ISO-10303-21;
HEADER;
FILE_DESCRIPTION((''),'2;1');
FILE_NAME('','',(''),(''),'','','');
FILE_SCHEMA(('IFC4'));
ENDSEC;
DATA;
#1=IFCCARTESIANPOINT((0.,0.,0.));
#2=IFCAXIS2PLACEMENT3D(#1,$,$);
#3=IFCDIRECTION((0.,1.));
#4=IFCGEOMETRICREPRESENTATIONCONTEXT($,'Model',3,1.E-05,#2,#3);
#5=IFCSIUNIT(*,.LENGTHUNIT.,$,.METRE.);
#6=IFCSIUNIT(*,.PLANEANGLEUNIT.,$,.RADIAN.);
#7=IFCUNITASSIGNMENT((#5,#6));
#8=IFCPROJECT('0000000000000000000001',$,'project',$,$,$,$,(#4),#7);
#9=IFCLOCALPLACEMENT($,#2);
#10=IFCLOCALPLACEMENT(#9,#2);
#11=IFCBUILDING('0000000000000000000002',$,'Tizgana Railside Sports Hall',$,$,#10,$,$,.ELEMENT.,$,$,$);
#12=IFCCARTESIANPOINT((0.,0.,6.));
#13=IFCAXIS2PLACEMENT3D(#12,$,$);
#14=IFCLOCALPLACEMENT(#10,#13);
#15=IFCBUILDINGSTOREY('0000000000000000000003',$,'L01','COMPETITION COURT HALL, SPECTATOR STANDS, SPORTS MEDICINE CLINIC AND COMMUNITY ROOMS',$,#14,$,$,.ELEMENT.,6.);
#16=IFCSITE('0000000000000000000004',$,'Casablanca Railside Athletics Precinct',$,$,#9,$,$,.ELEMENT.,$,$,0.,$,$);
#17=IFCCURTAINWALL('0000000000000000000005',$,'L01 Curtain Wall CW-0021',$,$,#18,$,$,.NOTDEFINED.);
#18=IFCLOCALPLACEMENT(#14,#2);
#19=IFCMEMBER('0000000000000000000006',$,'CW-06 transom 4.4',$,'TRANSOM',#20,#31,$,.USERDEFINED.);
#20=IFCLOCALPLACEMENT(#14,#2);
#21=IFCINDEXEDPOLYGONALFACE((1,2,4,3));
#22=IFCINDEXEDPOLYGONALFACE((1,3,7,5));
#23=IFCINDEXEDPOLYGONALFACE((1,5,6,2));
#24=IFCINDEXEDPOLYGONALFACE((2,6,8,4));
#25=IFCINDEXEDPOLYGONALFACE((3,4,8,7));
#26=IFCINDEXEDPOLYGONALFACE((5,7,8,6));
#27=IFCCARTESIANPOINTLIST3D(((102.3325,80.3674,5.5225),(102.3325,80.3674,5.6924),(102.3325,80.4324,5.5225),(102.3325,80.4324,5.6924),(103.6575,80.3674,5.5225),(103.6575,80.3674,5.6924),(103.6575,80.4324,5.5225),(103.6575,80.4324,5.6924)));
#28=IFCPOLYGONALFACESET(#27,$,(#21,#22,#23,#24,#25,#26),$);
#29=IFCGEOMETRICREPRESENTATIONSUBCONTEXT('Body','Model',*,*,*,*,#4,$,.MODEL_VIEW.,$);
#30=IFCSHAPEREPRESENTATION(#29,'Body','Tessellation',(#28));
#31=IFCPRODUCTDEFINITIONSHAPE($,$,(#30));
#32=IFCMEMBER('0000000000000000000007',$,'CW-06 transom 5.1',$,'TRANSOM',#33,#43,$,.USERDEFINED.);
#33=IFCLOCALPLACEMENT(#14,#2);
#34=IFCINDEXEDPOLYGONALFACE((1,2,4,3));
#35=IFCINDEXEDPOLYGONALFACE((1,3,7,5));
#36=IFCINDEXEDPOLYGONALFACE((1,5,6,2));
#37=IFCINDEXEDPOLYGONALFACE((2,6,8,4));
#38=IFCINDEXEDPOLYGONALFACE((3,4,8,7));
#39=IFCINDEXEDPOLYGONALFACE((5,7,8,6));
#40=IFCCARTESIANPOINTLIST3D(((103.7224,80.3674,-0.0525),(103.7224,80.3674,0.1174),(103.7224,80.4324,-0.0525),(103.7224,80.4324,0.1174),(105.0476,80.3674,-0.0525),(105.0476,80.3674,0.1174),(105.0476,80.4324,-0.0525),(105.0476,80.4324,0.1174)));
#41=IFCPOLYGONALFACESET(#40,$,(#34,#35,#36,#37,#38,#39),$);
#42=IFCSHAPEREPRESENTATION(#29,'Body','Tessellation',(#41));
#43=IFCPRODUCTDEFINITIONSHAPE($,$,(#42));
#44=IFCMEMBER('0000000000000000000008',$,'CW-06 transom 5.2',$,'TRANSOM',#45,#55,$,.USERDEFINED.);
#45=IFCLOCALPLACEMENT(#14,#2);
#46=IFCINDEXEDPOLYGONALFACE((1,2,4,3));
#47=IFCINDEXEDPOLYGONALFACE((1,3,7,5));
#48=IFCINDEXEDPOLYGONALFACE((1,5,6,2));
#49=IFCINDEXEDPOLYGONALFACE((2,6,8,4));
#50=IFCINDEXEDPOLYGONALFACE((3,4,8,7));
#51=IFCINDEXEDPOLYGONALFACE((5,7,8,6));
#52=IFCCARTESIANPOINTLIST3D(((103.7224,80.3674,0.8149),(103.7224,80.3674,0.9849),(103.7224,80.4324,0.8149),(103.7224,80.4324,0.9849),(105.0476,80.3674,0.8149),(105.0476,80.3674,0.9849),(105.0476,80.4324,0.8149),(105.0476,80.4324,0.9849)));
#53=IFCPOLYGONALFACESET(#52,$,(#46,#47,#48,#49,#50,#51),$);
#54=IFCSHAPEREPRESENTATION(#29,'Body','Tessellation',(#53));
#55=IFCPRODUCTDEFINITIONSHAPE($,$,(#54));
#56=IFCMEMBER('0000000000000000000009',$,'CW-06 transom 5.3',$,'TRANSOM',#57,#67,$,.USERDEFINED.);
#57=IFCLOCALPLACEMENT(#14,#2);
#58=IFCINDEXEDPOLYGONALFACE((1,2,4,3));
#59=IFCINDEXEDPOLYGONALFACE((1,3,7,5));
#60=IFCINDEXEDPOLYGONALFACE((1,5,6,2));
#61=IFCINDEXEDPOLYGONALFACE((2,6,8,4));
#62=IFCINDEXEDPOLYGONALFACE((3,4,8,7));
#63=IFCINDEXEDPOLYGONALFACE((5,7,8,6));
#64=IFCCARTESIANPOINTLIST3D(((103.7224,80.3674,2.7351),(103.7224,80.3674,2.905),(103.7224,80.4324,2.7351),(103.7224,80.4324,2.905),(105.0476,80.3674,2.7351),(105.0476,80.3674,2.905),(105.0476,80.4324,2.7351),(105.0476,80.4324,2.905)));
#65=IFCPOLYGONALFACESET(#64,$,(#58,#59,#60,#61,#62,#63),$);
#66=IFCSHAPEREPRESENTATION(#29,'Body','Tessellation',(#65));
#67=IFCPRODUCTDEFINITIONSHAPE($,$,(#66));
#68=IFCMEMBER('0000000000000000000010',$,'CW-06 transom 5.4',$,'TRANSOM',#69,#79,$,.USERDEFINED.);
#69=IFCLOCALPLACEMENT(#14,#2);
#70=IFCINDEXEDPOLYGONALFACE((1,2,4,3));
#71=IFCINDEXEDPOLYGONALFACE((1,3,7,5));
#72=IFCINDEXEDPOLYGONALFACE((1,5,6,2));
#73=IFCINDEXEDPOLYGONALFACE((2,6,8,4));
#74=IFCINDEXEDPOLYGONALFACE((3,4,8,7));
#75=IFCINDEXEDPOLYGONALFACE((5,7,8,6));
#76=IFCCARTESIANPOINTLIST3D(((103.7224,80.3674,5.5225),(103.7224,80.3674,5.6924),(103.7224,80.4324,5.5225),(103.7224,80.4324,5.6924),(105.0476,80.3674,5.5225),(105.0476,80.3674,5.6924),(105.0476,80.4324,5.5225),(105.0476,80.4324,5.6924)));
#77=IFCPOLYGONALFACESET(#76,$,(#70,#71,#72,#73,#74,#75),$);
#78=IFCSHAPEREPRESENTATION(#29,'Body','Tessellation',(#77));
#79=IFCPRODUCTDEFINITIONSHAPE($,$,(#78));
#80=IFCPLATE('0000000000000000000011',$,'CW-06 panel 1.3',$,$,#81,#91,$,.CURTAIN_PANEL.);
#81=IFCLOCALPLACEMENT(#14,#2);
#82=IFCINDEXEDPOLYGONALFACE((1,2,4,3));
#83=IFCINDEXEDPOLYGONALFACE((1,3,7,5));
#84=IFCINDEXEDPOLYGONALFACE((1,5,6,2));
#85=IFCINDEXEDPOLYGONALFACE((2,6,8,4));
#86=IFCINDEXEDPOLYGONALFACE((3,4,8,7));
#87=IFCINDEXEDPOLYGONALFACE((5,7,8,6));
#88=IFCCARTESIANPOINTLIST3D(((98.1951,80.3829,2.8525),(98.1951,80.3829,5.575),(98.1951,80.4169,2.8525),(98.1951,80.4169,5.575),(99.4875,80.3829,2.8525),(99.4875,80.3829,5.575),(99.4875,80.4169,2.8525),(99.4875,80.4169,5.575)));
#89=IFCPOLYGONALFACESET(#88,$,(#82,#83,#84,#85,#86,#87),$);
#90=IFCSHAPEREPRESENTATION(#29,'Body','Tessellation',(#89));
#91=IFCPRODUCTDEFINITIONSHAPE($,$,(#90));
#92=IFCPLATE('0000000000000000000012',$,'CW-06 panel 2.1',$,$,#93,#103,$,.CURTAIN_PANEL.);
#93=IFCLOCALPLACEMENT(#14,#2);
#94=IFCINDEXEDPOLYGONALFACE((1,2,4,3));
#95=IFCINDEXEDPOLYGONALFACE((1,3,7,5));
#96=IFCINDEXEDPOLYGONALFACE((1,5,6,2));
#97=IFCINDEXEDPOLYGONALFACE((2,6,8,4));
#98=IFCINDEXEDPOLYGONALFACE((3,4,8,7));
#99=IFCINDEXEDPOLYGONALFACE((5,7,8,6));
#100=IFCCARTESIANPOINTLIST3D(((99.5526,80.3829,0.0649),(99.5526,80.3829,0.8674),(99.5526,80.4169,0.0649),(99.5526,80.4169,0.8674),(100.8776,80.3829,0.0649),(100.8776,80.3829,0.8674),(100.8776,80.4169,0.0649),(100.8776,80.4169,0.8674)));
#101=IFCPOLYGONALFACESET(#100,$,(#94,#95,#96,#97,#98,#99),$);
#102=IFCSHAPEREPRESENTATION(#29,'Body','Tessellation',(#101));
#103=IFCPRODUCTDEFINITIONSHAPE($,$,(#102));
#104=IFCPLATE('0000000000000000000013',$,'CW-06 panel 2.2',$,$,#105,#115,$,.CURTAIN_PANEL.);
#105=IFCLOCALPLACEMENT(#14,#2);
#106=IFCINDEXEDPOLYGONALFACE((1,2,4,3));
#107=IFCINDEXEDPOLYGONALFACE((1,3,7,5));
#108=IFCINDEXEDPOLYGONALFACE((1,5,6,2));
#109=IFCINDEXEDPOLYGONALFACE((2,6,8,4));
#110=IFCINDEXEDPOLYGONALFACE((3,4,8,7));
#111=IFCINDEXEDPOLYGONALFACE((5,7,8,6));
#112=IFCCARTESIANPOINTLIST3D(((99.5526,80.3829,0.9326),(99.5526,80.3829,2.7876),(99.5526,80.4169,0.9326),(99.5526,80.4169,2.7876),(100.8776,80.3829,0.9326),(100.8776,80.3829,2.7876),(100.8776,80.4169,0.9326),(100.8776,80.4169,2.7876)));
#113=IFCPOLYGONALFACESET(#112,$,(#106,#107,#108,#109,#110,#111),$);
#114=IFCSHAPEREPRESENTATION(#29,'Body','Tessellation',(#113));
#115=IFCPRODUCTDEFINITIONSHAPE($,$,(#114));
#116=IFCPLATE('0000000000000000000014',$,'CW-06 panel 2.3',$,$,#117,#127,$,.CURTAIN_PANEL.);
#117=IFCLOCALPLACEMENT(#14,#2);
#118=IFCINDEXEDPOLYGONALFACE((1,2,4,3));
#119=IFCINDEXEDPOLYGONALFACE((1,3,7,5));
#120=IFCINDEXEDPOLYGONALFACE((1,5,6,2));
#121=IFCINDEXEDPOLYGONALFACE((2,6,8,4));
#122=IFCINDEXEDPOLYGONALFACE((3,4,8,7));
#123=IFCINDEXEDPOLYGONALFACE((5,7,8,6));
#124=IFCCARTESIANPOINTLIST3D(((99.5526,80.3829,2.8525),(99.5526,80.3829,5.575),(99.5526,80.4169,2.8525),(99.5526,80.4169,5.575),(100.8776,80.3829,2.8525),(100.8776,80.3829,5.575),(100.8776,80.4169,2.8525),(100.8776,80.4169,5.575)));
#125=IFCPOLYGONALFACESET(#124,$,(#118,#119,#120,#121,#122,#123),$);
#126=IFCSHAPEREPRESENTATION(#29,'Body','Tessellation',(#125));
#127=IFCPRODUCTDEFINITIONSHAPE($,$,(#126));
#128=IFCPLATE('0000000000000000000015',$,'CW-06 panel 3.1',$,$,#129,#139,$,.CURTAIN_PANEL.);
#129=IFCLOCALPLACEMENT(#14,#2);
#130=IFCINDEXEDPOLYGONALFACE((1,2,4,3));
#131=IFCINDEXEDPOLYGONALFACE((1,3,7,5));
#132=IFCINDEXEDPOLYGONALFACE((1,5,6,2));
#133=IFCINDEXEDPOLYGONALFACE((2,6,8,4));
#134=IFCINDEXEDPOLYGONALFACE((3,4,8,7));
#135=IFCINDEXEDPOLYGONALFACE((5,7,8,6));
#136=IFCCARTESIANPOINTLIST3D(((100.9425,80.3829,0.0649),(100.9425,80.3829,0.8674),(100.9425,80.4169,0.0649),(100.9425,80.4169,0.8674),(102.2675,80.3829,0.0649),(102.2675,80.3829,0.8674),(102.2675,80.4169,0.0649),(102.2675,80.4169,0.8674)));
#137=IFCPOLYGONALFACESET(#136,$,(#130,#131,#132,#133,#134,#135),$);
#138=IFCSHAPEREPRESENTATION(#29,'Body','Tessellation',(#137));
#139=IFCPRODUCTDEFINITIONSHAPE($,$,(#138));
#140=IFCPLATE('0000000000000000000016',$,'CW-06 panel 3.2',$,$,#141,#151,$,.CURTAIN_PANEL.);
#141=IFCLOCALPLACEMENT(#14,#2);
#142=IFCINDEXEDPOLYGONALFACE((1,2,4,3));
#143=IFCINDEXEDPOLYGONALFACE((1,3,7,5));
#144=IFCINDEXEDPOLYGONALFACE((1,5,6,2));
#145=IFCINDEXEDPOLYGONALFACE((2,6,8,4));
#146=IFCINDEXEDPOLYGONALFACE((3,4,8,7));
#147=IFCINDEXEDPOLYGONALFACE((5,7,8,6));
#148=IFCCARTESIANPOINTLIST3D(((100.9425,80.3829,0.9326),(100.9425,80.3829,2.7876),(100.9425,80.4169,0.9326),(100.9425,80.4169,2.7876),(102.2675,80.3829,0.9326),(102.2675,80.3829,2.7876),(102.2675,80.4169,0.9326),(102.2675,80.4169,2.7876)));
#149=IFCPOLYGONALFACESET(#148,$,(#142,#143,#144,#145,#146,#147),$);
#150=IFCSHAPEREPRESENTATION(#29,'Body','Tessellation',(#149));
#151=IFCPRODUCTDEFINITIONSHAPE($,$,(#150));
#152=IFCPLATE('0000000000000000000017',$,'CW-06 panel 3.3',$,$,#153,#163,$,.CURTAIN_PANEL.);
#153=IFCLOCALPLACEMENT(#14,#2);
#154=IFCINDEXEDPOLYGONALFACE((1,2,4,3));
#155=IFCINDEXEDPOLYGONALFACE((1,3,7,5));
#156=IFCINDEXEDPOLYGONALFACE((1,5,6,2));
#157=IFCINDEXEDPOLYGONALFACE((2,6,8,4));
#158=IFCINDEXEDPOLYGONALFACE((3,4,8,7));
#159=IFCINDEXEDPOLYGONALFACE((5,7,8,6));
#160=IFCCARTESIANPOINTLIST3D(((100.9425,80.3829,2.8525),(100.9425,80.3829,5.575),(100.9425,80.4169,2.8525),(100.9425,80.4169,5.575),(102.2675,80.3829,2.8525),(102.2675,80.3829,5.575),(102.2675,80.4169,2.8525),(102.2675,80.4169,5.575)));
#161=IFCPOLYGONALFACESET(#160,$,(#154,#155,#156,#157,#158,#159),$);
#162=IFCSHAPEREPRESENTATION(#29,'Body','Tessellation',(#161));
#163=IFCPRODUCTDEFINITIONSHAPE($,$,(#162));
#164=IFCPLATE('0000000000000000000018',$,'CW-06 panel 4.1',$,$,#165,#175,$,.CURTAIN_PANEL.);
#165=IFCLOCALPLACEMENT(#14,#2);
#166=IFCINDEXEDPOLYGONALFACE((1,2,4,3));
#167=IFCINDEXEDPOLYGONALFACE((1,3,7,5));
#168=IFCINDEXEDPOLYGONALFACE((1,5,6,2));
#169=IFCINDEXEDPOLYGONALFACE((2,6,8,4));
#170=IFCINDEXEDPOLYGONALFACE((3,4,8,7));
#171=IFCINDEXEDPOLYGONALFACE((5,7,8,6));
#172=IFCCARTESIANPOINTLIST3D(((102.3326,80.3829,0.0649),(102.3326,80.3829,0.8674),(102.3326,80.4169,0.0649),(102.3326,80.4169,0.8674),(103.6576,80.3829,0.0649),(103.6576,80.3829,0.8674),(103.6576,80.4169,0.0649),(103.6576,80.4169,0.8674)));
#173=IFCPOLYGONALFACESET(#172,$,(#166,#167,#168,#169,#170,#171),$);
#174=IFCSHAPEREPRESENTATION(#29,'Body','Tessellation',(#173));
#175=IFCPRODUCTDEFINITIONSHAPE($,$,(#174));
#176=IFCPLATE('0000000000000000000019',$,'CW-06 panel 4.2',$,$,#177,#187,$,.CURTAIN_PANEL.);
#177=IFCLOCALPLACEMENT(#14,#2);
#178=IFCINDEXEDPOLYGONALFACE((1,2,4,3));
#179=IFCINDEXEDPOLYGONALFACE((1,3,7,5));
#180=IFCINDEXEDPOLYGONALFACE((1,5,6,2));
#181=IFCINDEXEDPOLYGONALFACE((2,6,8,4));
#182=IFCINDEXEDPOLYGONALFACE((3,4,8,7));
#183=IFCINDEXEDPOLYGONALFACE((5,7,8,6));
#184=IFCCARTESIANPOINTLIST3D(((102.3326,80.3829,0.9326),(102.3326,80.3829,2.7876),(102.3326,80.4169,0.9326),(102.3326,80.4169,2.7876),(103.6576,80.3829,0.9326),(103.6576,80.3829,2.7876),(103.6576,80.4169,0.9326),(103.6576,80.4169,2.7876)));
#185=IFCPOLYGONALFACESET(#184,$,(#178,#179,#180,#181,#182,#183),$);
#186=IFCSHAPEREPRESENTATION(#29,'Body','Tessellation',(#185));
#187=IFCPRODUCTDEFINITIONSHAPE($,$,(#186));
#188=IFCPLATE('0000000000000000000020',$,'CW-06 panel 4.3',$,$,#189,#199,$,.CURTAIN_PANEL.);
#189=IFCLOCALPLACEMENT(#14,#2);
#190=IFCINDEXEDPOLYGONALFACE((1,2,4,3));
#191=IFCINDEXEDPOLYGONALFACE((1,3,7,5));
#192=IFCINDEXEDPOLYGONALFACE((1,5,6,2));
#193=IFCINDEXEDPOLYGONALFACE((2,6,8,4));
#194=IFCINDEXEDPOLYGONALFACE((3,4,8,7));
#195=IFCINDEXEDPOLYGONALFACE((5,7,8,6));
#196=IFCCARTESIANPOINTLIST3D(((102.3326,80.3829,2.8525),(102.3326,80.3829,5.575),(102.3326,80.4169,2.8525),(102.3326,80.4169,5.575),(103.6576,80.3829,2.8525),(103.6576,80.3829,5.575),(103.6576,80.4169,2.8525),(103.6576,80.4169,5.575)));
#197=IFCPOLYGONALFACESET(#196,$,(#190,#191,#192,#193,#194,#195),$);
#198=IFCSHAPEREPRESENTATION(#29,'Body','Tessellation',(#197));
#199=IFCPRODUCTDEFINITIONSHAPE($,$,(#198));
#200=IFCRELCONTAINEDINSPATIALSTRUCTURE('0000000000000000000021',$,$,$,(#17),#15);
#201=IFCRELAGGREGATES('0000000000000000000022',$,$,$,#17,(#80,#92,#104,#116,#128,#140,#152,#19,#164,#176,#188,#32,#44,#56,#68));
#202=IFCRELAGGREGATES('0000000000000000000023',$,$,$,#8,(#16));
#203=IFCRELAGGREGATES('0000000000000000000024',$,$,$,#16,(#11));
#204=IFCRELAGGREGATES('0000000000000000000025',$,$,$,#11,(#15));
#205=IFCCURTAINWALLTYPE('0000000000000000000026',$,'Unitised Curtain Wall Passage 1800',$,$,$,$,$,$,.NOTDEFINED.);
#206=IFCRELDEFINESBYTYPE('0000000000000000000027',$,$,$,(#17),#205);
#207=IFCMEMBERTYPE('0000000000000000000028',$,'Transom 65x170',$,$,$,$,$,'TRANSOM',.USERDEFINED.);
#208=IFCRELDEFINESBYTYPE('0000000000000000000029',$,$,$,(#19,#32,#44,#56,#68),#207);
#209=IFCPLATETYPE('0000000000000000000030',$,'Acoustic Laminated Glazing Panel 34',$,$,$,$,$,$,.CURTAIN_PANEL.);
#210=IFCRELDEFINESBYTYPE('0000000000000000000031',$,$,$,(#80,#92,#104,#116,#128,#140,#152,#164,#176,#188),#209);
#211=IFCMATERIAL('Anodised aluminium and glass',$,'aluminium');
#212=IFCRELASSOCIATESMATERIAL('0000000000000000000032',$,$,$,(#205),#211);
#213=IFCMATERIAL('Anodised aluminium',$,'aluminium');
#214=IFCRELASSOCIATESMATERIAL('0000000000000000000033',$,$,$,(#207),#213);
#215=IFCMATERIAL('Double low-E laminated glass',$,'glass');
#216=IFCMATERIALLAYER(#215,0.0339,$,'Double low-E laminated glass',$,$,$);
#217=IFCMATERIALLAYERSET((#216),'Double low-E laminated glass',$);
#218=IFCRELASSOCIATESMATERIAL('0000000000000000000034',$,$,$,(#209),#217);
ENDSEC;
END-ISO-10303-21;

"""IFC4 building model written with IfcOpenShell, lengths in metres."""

from ifc_helpers import new_model, si_unit, direction, frame, origin, origin_2d, place, context, subcontext, project, spatial, rectangle, extrude, material, layer, layer_set, material_profile, profile_set, type_object, element, aggregate, save


model = new_model("IFC4")

# Units and contexts
model_context = context("Model", 3, precision=1e-05, world=origin(), true_north=direction((0.0, 1.0)))
body_context = subcontext(model_context, "Body", "Model", "MODEL_VIEW")
ifc_project = project(units=[si_unit("LENGTHUNIT", "METRE"), si_unit("PLANEANGLEUNIT", "RADIAN")], contexts=[model_context])

# Site, building, storey
site_placement = place(None, origin())
site = spatial("IfcSite", under=ifc_project, at=site_placement, Name="Casablanca Railside Athletics Precinct", CompositionType="ELEMENT", RefElevation=0.0)
building_placement = place(site_placement, origin())
building = spatial("IfcBuilding", under=site, at=building_placement, Name="Tizgana Railside Sports Hall", CompositionType="ELEMENT")
storey_placement = place(building_placement, frame((0.0, 0.0, 6.0)))
storey = spatial("IfcBuildingStorey", under=building, at=storey_placement, Name="L01", Description="COMPETITION COURT HALL, SPECTATOR STANDS, SPORTS MEDICINE CLINIC AND COMMUNITY ROOMS", CompositionType="ELEMENT", Elevation=6.0)

# Curtain wall, members, plates
ifc_material_1 = material(Name="Anodised aluminium and glass", Category="aluminium")
curtain_wall_type = type_object("IfcCurtainWallType", Name="Unitised Curtain Wall Passage 1800", PredefinedType="NOTDEFINED", material=ifc_material_1)
curtain_wall_placement = place(storey_placement, origin())
curtain_wall = element("IfcCurtainWall", 1, at=curtain_wall_placement, inside=storey, type_object=curtain_wall_type, Name="L01 Curtain Wall CW-0021", PredefinedType="NOTDEFINED")
ifc_material_2 = material(Name="Anodised aluminium", Category="aluminium")
ifc_material_profile_1 = material_profile(ifc_material_2, rectangle(XDim=0.0649, YDim=0.1699, at=origin_2d()), Name="Transom 65x170")
ifc_profile_set_1 = profile_set([ifc_material_profile_1], Name="Anodised aluminium")
member_type_1 = type_object("IfcMemberType", Name="Transom 65x170", ElementType="TRANSOM", PredefinedType="USERDEFINED", material=ifc_profile_set_1)
member_1_placement = place(storey_placement, frame((102.3325, 80.3999, 5.6074), z_axis=(1.0, 0.0, 0.0), x_axis=(0.0, 1.0, 0.0)))
member_1 = element("IfcMember", 2, at=member_1_placement, type_object=member_type_1, Name="CW-06 transom 4.4", ObjectType="TRANSOM", PredefinedType="USERDEFINED", context=body_context, shape_type="SweptSolid", body=[
    extrude(rectangle(XDim=0.0649, YDim=0.1699, at=origin_2d()), origin(), (0.0, 0.0, 1.0), 1.325),
])
member_2_placement = place(storey_placement, frame((103.7224, 80.3999, 0.0325), z_axis=(1.0, 0.0, 0.0), x_axis=(0.0, 1.0, 0.0)))
member_2 = element("IfcMember", 3, at=member_2_placement, type_object=member_type_1, Name="CW-06 transom 5.1", ObjectType="TRANSOM", PredefinedType="USERDEFINED", context=body_context, shape_type="SweptSolid", body=[
    extrude(rectangle(XDim=0.0649, YDim=0.1699, at=origin_2d()), origin(), (0.0, 0.0, 1.0), 1.3252),
])
member_3_placement = place(storey_placement, frame((103.7224, 80.3999, 0.8999), z_axis=(1.0, 0.0, 0.0), x_axis=(0.0, 1.0, 0.0)))
member_3 = element("IfcMember", 4, at=member_3_placement, type_object=member_type_1, Name="CW-06 transom 5.2", ObjectType="TRANSOM", PredefinedType="USERDEFINED", context=body_context, shape_type="SweptSolid", body=[
    extrude(rectangle(XDim=0.0649, YDim=0.1699, at=origin_2d()), origin(), (0.0, 0.0, 1.0), 1.3252),
])
member_4_placement = place(storey_placement, frame((103.7224, 80.3999, 2.8201), z_axis=(1.0, 0.0, 0.0), x_axis=(0.0, 1.0, 0.0)))
member_4 = element("IfcMember", 5, at=member_4_placement, type_object=member_type_1, Name="CW-06 transom 5.3", ObjectType="TRANSOM", PredefinedType="USERDEFINED", context=body_context, shape_type="SweptSolid", body=[
    extrude(rectangle(XDim=0.0649, YDim=0.1699, at=origin_2d()), origin(), (0.0, 0.0, 1.0), 1.3252),
])
member_5_placement = place(storey_placement, frame((103.7224, 80.3999, 5.6074), z_axis=(1.0, 0.0, 0.0), x_axis=(0.0, 1.0, 0.0)))
member_5 = element("IfcMember", 6, at=member_5_placement, type_object=member_type_1, Name="CW-06 transom 5.4", ObjectType="TRANSOM", PredefinedType="USERDEFINED", context=body_context, shape_type="SweptSolid", body=[
    extrude(rectangle(XDim=0.0649, YDim=0.1699, at=origin_2d()), origin(), (0.0, 0.0, 1.0), 1.3252),
])
ifc_material_3 = material(Name="Double low-E laminated glass", Category="glass")
ifc_layer_1 = layer(ifc_material_3, 0.0339, Name="Double low-E laminated glass")
ifc_layer_set_1 = layer_set([ifc_layer_1], Name="Double low-E laminated glass")
plate_type = type_object("IfcPlateType", Name="Acoustic Laminated Glazing Panel 34", PredefinedType="CURTAIN_PANEL", material=ifc_layer_set_1)
plate_1_placement = place(storey_placement, frame((98.8413, 80.3999, 2.8525), z_axis=(0.0, 0.0, 1.0), x_axis=(1.0, 0.0, 0.0)))
plate_1 = element("IfcPlate", 7, at=plate_1_placement, type_object=plate_type, Name="CW-06 panel 1.3", PredefinedType="CURTAIN_PANEL", context=body_context, shape_type="SweptSolid", body=[
    extrude(rectangle(XDim=1.2925, YDim=0.0339, at=origin_2d()), origin(), (0.0, 0.0, 1.0), 2.7224),
])
plate_2_placement = place(storey_placement, frame((100.2151, 80.3999, 0.0649), z_axis=(0.0, 0.0, 1.0), x_axis=(1.0, 0.0, 0.0)))
plate_2 = element("IfcPlate", 8, at=plate_2_placement, type_object=plate_type, Name="CW-06 panel 2.1", PredefinedType="CURTAIN_PANEL", context=body_context, shape_type="SweptSolid", body=[
    extrude(rectangle(XDim=1.325, YDim=0.0339, at=origin_2d()), origin(), (0.0, 0.0, 1.0), 0.8025),
])
plate_3_placement = place(storey_placement, frame((100.2151, 80.3999, 0.9326), z_axis=(0.0, 0.0, 1.0), x_axis=(1.0, 0.0, 0.0)))
plate_3 = element("IfcPlate", 9, at=plate_3_placement, type_object=plate_type, Name="CW-06 panel 2.2", PredefinedType="CURTAIN_PANEL", context=body_context, shape_type="SweptSolid", body=[
    extrude(rectangle(XDim=1.325, YDim=0.0339, at=origin_2d()), origin(), (0.0, 0.0, 1.0), 1.855),
])
plate_4_placement = place(storey_placement, frame((100.2151, 80.3999, 2.8525), z_axis=(0.0, 0.0, 1.0), x_axis=(1.0, 0.0, 0.0)))
plate_4 = element("IfcPlate", 10, at=plate_4_placement, type_object=plate_type, Name="CW-06 panel 2.3", PredefinedType="CURTAIN_PANEL", context=body_context, shape_type="SweptSolid", body=[
    extrude(rectangle(XDim=1.325, YDim=0.0339, at=origin_2d()), origin(), (0.0, 0.0, 1.0), 2.7224),
])
plate_5_placement = place(storey_placement, frame((101.605, 80.3999, 0.0649), z_axis=(0.0, 0.0, 1.0), x_axis=(1.0, 0.0, 0.0)))
plate_5 = element("IfcPlate", 11, at=plate_5_placement, type_object=plate_type, Name="CW-06 panel 3.1", PredefinedType="CURTAIN_PANEL", context=body_context, shape_type="SweptSolid", body=[
    extrude(rectangle(XDim=1.325, YDim=0.0339, at=origin_2d()), origin(), (0.0, 0.0, 1.0), 0.8025),
])
plate_6_placement = place(storey_placement, frame((101.605, 80.3999, 0.9326), z_axis=(0.0, 0.0, 1.0), x_axis=(1.0, 0.0, 0.0)))
plate_6 = element("IfcPlate", 12, at=plate_6_placement, type_object=plate_type, Name="CW-06 panel 3.2", PredefinedType="CURTAIN_PANEL", context=body_context, shape_type="SweptSolid", body=[
    extrude(rectangle(XDim=1.325, YDim=0.0339, at=origin_2d()), origin(), (0.0, 0.0, 1.0), 1.855),
])
plate_7_placement = place(storey_placement, frame((101.605, 80.3999, 2.8525), z_axis=(0.0, 0.0, 1.0), x_axis=(1.0, 0.0, 0.0)))
plate_7 = element("IfcPlate", 13, at=plate_7_placement, type_object=plate_type, Name="CW-06 panel 3.3", PredefinedType="CURTAIN_PANEL", context=body_context, shape_type="SweptSolid", body=[
    extrude(rectangle(XDim=1.325, YDim=0.0339, at=origin_2d()), origin(), (0.0, 0.0, 1.0), 2.7224),
])
plate_8_placement = place(storey_placement, frame((102.9951, 80.3999, 0.0649), z_axis=(0.0, 0.0, 1.0), x_axis=(1.0, 0.0, 0.0)))
plate_8 = element("IfcPlate", 14, at=plate_8_placement, type_object=plate_type, Name="CW-06 panel 4.1", PredefinedType="CURTAIN_PANEL", context=body_context, shape_type="SweptSolid", body=[
    extrude(rectangle(XDim=1.325, YDim=0.0339, at=origin_2d()), origin(), (0.0, 0.0, 1.0), 0.8025),
])
plate_9_placement = place(storey_placement, frame((102.9951, 80.3999, 0.9326), z_axis=(0.0, 0.0, 1.0), x_axis=(1.0, 0.0, 0.0)))
plate_9 = element("IfcPlate", 15, at=plate_9_placement, type_object=plate_type, Name="CW-06 panel 4.2", PredefinedType="CURTAIN_PANEL", context=body_context, shape_type="SweptSolid", body=[
    extrude(rectangle(XDim=1.325, YDim=0.0339, at=origin_2d()), origin(), (0.0, 0.0, 1.0), 1.855),
])
plate_10_placement = place(storey_placement, frame((102.9951, 80.3999, 2.8525), z_axis=(0.0, 0.0, 1.0), x_axis=(1.0, 0.0, 0.0)))
plate_10 = element("IfcPlate", 16, at=plate_10_placement, type_object=plate_type, Name="CW-06 panel 4.3", PredefinedType="CURTAIN_PANEL", context=body_context, shape_type="SweptSolid", body=[
    extrude(rectangle(XDim=1.325, YDim=0.0339, at=origin_2d()), origin(), (0.0, 0.0, 1.0), 2.7224),
])
aggregate(curtain_wall, [plate_1, plate_2, plate_3, plate_4, plate_5, plate_6, plate_7, member_1, plate_8, plate_9, plate_10, member_2, member_3, member_4, member_5])

save(model, "model.ifc")
